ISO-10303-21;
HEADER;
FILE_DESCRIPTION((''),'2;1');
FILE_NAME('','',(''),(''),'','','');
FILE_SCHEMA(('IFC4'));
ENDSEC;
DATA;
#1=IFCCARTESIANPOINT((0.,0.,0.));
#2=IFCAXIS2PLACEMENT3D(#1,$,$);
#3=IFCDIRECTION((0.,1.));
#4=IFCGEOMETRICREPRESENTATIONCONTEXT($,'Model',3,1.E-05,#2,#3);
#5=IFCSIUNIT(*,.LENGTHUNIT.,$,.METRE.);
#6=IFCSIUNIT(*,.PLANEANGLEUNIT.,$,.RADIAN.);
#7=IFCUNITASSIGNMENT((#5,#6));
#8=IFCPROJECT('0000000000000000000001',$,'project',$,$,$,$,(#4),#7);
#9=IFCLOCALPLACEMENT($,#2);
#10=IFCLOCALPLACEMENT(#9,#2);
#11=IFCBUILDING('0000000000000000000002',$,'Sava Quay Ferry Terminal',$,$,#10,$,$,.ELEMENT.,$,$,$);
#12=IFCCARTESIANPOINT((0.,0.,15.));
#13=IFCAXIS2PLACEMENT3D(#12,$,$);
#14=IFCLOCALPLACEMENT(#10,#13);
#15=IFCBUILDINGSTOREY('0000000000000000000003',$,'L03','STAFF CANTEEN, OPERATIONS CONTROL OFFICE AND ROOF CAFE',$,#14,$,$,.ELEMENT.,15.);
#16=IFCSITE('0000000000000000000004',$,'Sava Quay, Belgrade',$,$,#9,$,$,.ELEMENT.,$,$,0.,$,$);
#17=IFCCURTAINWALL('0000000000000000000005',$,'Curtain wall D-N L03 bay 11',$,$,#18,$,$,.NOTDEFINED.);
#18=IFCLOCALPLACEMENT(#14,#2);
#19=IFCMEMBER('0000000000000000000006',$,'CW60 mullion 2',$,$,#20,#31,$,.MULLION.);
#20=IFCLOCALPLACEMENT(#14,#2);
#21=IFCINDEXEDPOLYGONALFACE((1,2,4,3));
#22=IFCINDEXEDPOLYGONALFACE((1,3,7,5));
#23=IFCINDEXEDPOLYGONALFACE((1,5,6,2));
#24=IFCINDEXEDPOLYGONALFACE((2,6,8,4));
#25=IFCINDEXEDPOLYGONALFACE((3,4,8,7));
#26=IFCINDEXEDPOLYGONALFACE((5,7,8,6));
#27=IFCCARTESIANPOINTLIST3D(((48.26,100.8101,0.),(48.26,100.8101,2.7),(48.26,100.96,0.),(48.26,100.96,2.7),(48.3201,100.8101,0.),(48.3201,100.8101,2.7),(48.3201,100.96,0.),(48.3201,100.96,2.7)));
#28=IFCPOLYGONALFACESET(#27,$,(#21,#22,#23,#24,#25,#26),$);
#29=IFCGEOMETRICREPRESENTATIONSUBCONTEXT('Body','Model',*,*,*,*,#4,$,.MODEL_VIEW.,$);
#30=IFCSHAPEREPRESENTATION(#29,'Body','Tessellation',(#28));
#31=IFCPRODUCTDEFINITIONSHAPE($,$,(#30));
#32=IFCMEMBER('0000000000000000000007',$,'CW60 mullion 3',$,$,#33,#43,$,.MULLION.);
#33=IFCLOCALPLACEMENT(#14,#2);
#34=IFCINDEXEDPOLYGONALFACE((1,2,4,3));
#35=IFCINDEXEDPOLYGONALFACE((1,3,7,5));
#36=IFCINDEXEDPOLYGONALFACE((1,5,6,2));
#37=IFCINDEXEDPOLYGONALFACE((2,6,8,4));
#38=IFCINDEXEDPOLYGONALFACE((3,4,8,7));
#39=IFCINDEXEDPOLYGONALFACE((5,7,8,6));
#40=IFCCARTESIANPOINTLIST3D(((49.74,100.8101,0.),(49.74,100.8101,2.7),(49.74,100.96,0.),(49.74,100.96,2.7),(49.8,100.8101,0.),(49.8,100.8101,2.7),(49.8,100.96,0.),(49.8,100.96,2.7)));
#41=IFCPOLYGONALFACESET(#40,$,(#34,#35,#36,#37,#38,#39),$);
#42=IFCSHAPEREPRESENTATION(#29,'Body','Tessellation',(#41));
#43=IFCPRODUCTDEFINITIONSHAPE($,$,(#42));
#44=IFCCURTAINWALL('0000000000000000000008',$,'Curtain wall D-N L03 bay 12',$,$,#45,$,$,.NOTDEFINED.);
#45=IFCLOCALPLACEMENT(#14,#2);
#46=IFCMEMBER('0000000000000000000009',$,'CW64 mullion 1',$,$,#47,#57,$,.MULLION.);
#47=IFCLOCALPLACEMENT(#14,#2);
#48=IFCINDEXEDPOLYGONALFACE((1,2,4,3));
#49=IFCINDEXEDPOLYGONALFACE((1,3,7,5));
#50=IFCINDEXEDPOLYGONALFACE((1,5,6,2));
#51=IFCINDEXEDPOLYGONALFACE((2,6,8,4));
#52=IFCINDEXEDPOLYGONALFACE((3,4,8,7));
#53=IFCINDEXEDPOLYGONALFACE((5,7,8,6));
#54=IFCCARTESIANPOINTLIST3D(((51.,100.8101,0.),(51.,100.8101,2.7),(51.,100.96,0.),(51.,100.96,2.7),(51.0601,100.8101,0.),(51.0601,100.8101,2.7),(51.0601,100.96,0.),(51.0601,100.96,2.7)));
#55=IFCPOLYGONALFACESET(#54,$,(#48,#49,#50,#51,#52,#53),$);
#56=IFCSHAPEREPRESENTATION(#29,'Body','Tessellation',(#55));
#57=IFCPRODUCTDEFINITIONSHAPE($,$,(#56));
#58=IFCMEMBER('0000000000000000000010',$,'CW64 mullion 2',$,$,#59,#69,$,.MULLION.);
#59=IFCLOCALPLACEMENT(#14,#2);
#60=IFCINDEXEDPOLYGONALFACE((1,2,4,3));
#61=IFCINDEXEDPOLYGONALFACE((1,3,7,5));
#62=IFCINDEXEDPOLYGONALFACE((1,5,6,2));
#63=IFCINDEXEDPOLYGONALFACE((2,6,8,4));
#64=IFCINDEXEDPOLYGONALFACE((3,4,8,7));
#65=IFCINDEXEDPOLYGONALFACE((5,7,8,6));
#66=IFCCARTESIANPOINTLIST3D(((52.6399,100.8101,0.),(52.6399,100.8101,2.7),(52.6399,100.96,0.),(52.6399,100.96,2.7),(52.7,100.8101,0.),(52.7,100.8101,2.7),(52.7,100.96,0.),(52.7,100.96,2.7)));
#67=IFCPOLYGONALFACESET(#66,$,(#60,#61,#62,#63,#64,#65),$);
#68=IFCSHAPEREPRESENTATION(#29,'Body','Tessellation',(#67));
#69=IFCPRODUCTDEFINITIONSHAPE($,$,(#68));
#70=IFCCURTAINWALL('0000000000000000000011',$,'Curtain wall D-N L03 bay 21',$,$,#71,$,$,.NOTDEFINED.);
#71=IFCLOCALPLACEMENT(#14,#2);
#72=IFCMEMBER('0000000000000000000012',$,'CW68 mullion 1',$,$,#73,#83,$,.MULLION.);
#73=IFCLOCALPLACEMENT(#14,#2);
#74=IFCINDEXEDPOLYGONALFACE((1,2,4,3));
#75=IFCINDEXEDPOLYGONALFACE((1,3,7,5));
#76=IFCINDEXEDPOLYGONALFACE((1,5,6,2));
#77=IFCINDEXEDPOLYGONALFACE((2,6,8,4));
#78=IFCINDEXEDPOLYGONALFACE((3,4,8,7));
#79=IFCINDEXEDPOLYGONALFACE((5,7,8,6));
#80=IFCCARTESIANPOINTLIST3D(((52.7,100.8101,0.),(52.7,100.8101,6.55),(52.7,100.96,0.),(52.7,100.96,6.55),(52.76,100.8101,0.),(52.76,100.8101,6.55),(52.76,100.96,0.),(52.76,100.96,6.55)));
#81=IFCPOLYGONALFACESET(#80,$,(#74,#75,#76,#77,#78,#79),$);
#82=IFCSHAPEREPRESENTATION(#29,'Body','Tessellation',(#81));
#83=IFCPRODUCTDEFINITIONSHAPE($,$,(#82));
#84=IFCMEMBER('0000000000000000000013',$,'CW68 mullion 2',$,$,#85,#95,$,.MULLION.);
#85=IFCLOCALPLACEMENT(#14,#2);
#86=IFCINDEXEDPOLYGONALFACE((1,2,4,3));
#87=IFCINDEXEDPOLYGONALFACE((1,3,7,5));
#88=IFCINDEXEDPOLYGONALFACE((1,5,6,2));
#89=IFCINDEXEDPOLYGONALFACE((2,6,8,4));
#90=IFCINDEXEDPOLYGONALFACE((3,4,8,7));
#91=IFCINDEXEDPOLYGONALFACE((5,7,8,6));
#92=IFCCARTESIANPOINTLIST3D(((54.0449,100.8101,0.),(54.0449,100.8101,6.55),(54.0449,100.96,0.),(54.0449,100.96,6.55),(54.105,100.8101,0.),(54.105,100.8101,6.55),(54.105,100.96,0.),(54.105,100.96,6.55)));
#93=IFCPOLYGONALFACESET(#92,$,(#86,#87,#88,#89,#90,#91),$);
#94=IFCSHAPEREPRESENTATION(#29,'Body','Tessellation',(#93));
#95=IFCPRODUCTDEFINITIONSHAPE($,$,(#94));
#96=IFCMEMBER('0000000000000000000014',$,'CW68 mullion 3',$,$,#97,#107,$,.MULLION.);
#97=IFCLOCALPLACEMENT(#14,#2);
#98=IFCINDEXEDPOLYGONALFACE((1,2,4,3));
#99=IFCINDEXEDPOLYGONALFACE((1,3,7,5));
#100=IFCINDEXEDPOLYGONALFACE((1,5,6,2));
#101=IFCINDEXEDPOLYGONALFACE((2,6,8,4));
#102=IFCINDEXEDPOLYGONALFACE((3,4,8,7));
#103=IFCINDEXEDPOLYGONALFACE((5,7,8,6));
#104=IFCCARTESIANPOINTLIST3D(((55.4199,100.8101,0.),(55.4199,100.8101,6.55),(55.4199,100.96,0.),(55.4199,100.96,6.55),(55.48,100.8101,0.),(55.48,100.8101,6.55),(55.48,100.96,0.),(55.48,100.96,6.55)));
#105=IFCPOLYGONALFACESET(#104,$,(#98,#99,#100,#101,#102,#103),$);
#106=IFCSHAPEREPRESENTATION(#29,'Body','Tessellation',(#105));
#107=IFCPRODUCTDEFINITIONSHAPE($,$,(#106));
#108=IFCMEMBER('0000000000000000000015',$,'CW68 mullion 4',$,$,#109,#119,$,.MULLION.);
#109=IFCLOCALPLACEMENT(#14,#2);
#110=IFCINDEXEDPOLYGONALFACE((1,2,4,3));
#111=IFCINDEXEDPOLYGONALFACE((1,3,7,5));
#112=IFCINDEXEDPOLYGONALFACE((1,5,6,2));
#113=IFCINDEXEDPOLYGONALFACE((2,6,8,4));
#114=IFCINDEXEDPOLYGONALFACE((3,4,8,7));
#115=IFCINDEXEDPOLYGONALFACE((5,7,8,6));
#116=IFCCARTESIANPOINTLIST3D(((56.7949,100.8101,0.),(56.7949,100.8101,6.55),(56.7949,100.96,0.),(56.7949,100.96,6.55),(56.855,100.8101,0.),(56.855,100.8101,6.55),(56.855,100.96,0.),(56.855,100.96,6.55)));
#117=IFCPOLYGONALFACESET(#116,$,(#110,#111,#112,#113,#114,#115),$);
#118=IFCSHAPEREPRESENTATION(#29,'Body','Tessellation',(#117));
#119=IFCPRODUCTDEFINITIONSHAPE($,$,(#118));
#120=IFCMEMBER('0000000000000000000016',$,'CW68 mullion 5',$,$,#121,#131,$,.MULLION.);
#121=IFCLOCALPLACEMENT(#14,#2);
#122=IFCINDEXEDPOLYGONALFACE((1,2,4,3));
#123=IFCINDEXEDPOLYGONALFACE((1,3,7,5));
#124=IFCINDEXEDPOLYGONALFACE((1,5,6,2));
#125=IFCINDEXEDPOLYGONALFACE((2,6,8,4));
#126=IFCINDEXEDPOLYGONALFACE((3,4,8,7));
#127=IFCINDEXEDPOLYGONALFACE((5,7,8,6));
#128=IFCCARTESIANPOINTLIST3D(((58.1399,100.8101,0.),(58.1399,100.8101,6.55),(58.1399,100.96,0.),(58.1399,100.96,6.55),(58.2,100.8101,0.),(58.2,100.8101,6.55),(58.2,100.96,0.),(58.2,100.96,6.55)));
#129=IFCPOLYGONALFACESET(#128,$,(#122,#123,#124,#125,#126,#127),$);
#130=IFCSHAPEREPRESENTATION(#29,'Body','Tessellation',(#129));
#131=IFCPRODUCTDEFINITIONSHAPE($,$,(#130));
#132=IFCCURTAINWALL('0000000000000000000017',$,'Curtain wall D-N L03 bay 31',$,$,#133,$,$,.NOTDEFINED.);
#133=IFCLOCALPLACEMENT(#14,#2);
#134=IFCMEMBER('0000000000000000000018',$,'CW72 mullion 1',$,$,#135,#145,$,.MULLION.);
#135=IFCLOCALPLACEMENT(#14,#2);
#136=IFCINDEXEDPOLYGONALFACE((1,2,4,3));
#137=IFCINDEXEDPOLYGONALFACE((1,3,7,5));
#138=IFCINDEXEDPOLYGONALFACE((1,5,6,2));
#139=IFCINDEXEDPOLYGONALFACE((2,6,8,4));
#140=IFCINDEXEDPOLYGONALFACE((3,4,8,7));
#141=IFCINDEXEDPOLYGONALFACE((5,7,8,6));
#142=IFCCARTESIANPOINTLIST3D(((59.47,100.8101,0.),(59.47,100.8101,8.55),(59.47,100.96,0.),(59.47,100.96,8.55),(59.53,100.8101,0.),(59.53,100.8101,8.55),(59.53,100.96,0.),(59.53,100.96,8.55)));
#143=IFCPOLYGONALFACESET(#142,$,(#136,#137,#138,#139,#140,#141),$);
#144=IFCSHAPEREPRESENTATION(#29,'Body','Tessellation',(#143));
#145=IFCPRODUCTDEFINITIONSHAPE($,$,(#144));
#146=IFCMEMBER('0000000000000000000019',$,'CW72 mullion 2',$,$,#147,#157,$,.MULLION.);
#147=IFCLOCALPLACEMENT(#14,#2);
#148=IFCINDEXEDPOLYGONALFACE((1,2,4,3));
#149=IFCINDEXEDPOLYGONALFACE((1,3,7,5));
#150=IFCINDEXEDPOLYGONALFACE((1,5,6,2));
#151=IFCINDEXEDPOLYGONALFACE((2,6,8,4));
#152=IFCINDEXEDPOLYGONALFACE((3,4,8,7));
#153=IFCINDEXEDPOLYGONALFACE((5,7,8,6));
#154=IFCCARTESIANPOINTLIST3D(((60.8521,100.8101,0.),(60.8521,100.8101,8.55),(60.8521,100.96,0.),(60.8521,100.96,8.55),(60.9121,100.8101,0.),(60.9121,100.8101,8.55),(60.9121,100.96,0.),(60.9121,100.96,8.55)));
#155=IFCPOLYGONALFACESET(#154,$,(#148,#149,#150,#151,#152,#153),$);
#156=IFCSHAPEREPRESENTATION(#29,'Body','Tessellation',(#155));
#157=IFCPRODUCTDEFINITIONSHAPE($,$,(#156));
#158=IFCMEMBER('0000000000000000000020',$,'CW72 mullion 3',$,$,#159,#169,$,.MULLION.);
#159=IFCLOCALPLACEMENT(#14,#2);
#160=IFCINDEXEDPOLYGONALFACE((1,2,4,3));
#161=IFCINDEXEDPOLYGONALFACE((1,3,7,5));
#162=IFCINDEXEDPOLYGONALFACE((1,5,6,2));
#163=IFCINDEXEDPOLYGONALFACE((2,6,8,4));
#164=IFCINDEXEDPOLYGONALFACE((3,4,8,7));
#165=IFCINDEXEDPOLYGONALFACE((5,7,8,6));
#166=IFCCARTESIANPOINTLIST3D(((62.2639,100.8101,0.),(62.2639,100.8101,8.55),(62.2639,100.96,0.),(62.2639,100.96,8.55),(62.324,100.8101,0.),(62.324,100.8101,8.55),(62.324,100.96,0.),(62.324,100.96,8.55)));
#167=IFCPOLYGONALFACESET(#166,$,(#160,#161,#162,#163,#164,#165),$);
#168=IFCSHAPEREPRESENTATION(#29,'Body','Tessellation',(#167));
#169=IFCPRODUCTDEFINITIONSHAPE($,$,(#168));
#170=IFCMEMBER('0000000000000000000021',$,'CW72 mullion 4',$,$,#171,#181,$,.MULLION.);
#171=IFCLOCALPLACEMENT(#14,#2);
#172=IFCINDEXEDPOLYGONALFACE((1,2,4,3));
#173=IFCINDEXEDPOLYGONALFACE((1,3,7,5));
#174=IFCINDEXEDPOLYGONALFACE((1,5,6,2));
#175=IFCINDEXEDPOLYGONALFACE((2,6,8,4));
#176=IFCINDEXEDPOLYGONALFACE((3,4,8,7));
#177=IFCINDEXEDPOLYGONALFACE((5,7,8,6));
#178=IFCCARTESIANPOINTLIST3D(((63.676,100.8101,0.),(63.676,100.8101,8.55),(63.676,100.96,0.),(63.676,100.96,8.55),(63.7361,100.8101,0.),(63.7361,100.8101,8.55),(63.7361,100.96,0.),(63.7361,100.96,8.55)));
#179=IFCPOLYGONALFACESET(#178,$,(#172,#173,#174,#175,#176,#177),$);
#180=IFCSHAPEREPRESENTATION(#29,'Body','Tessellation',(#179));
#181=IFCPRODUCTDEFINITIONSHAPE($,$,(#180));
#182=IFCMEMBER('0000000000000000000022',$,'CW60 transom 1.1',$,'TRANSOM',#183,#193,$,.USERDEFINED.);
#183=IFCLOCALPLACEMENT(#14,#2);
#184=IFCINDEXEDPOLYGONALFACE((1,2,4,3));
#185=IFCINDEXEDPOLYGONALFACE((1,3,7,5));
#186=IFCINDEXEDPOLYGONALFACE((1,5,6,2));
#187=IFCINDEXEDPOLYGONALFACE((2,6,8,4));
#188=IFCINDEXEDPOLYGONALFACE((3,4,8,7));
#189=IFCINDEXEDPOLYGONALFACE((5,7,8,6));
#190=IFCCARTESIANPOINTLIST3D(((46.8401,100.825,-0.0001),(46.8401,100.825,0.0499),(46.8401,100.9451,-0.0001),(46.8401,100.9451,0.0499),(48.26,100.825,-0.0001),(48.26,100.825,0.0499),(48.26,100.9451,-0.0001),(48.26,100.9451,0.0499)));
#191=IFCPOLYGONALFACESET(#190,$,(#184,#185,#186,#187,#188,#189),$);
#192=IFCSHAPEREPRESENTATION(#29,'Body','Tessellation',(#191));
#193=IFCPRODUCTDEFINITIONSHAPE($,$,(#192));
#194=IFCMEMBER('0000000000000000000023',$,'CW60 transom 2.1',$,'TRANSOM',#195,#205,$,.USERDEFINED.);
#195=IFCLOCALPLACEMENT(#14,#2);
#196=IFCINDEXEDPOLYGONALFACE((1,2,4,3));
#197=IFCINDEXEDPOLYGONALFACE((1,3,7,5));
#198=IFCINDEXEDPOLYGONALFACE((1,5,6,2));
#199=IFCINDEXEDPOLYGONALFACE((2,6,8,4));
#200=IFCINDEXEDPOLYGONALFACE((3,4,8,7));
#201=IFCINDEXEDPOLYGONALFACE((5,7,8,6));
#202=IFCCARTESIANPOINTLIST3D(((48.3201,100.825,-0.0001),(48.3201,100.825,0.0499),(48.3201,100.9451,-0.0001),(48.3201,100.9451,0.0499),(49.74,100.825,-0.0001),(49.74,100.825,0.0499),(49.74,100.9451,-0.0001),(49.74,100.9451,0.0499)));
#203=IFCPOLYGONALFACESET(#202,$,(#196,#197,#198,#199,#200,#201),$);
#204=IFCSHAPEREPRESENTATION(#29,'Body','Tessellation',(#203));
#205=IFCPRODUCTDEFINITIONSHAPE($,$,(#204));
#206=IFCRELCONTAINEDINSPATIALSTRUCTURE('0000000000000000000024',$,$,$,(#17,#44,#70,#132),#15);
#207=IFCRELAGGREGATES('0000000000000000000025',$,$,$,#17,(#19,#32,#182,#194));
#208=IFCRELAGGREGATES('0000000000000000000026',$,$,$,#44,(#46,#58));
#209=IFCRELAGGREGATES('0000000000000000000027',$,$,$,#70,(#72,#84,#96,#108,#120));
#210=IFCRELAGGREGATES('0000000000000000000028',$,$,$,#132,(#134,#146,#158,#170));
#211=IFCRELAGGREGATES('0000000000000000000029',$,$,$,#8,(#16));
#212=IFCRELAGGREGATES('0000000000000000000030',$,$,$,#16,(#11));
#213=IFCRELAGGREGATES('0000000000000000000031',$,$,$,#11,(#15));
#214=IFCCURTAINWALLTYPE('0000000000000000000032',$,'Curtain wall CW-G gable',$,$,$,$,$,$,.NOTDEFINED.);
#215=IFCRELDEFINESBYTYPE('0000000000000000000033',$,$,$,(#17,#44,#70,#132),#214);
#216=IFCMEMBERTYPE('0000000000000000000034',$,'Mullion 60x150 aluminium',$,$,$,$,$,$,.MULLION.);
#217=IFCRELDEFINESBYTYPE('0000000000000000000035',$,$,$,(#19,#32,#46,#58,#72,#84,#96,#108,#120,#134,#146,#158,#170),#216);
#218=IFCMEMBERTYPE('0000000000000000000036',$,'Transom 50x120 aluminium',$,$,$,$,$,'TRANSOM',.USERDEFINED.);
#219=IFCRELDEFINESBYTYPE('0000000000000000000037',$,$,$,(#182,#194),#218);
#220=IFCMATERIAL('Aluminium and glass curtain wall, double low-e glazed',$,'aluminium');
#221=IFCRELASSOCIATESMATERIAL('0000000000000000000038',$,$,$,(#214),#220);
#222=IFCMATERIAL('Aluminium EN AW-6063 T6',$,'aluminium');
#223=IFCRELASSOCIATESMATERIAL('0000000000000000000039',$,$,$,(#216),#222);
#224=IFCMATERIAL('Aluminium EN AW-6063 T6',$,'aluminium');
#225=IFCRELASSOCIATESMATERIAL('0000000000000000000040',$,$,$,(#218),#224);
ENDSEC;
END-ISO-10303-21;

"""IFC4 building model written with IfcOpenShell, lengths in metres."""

from ifc_helpers import new_model, si_unit, direction, frame, origin, origin_2d, place, context, subcontext, project, spatial, rectangle, extrude, material, material_profile, profile_set, type_object, element, aggregate, save


model = new_model("IFC4")

# Units and contexts
model_context = context("Model", 3, precision=1e-05, world=origin(), true_north=direction((0.0, 1.0)))
body_context = subcontext(model_context, "Body", "Model", "MODEL_VIEW")
ifc_project = project(units=[si_unit("LENGTHUNIT", "METRE"), si_unit("PLANEANGLEUNIT", "RADIAN")], contexts=[model_context])

# Site, building, storey
site_placement = place(None, origin())
site = spatial("IfcSite", under=ifc_project, at=site_placement, Name="Sava Quay, Belgrade", CompositionType="ELEMENT", RefElevation=0.0)
building_placement = place(site_placement, origin())
building = spatial("IfcBuilding", under=site, at=building_placement, Name="Sava Quay Ferry Terminal", CompositionType="ELEMENT")
storey_placement = place(building_placement, frame((0.0, 0.0, 15.0)))
storey = spatial("IfcBuildingStorey", under=building, at=storey_placement, Name="L03", Description="STAFF CANTEEN, OPERATIONS CONTROL OFFICE AND ROOF CAFE", CompositionType="ELEMENT", Elevation=15.0)

# Curtain walls, members
ifc_material_1 = material(Name="Aluminium and glass curtain wall, double low-e glazed", Category="aluminium")
curtain_wall_type = type_object("IfcCurtainWallType", Name="Curtain wall CW-G gable", PredefinedType="NOTDEFINED", material=ifc_material_1)
curtain_wall_1_placement = place(storey_placement, origin())
curtain_wall_1 = element("IfcCurtainWall", 1, at=curtain_wall_1_placement, inside=storey, type_object=curtain_wall_type, Name="Curtain wall D-N L03 bay 11", PredefinedType="NOTDEFINED")
ifc_material_2 = material(Name="Aluminium EN AW-6063 T6", Category="aluminium")
ifc_material_profile_1 = material_profile(ifc_material_2, rectangle(XDim=0.1499, YDim=0.0601, at=origin_2d()), Name="Mullion 60x150 aluminium")
ifc_profile_set_1 = profile_set([ifc_material_profile_1], Name="Aluminium EN AW-6063 T6")
member_type_1 = type_object("IfcMemberType", Name="Mullion 60x150 aluminium", PredefinedType="MULLION", material=ifc_profile_set_1)
member_1_placement = place(storey_placement, frame((48.29, 100.885, 0.0), z_axis=(0.0, 0.0, 1.0), x_axis=(0.0, 1.0, 0.0)))
member_1 = element("IfcMember", 2, at=member_1_placement, type_object=member_type_1, Name="CW60 mullion 2", PredefinedType="MULLION", context=body_context, shape_type="SweptSolid", body=[
    extrude(rectangle(XDim=0.1499, YDim=0.0601, at=origin_2d()), origin(), (0.0, 0.0, 1.0), 2.7),
])
member_2_placement = place(storey_placement, frame((49.77, 100.885, 0.0), z_axis=(0.0, 0.0, 1.0), x_axis=(0.0, 1.0, 0.0)))
member_2 = element("IfcMember", 3, at=member_2_placement, type_object=member_type_1, Name="CW60 mullion 3", PredefinedType="MULLION", context=body_context, shape_type="SweptSolid", body=[
    extrude(rectangle(XDim=0.1499, YDim=0.0601, at=origin_2d()), origin(), (0.0, 0.0, 1.0), 2.7),
])
curtain_wall_2_placement = place(storey_placement, origin())
curtain_wall_2 = element("IfcCurtainWall", 4, at=curtain_wall_2_placement, inside=storey, type_object=curtain_wall_type, Name="Curtain wall D-N L03 bay 12", PredefinedType="NOTDEFINED")
member_3_placement = place(storey_placement, frame((51.03, 100.885, 0.0), z_axis=(0.0, 0.0, 1.0), x_axis=(0.0, 1.0, 0.0)))
member_3 = element("IfcMember", 5, at=member_3_placement, type_object=member_type_1, Name="CW64 mullion 1", PredefinedType="MULLION", context=body_context, shape_type="SweptSolid", body=[
    extrude(rectangle(XDim=0.1499, YDim=0.0601, at=origin_2d()), origin(), (0.0, 0.0, 1.0), 2.7),
])
member_4_placement = place(storey_placement, frame((52.6699, 100.885, 0.0), z_axis=(0.0, 0.0, 1.0), x_axis=(0.0, 1.0, 0.0)))
member_4 = element("IfcMember", 6, at=member_4_placement, type_object=member_type_1, Name="CW64 mullion 2", PredefinedType="MULLION", context=body_context, shape_type="SweptSolid", body=[
    extrude(rectangle(XDim=0.1499, YDim=0.0601, at=origin_2d()), origin(), (0.0, 0.0, 1.0), 2.7),
])
curtain_wall_3_placement = place(storey_placement, origin())
curtain_wall_3 = element("IfcCurtainWall", 7, at=curtain_wall_3_placement, inside=storey, type_object=curtain_wall_type, Name="Curtain wall D-N L03 bay 21", PredefinedType="NOTDEFINED")
member_5_placement = place(storey_placement, frame((52.73, 100.885, 0.0), z_axis=(0.0, 0.0, 1.0), x_axis=(0.0, 1.0, 0.0)))
member_5 = element("IfcMember", 8, at=member_5_placement, type_object=member_type_1, Name="CW68 mullion 1", PredefinedType="MULLION", context=body_context, shape_type="SweptSolid", body=[
    extrude(rectangle(XDim=0.1499, YDim=0.0601, at=origin_2d()), origin(), (0.0, 0.0, 1.0), 6.55),
])
member_6_placement = place(storey_placement, frame((54.075, 100.885, 0.0), z_axis=(0.0, 0.0, 1.0), x_axis=(0.0, 1.0, 0.0)))
member_6 = element("IfcMember", 9, at=member_6_placement, type_object=member_type_1, Name="CW68 mullion 2", PredefinedType="MULLION", context=body_context, shape_type="SweptSolid", body=[
    extrude(rectangle(XDim=0.1499, YDim=0.0601, at=origin_2d()), origin(), (0.0, 0.0, 1.0), 6.55),
])
member_7_placement = place(storey_placement, frame((55.45, 100.885, 0.0), z_axis=(0.0, 0.0, 1.0), x_axis=(0.0, 1.0, 0.0)))
member_7 = element("IfcMember", 10, at=member_7_placement, type_object=member_type_1, Name="CW68 mullion 3", PredefinedType="MULLION", context=body_context, shape_type="SweptSolid", body=[
    extrude(rectangle(XDim=0.1499, YDim=0.0601, at=origin_2d()), origin(), (0.0, 0.0, 1.0), 6.55),
])
member_8_placement = place(storey_placement, frame((56.825, 100.885, 0.0), z_axis=(0.0, 0.0, 1.0), x_axis=(0.0, 1.0, 0.0)))
member_8 = element("IfcMember", 11, at=member_8_placement, type_object=member_type_1, Name="CW68 mullion 4", PredefinedType="MULLION", context=body_context, shape_type="SweptSolid", body=[
    extrude(rectangle(XDim=0.1499, YDim=0.0601, at=origin_2d()), origin(), (0.0, 0.0, 1.0), 6.55),
])
member_9_placement = place(storey_placement, frame((58.1699, 100.885, 0.0), z_axis=(0.0, 0.0, 1.0), x_axis=(0.0, 1.0, 0.0)))
member_9 = element("IfcMember", 12, at=member_9_placement, type_object=member_type_1, Name="CW68 mullion 5", PredefinedType="MULLION", context=body_context, shape_type="SweptSolid", body=[
    extrude(rectangle(XDim=0.1499, YDim=0.0601, at=origin_2d()), origin(), (0.0, 0.0, 1.0), 6.55),
])
curtain_wall_4_placement = place(storey_placement, origin())
curtain_wall_4 = element("IfcCurtainWall", 13, at=curtain_wall_4_placement, inside=storey, type_object=curtain_wall_type, Name="Curtain wall D-N L03 bay 31", PredefinedType="NOTDEFINED")
member_10_placement = place(storey_placement, frame((59.5, 100.885, 0.0), z_axis=(0.0, 0.0, 1.0), x_axis=(0.0, 1.0, 0.0)))
member_10 = element("IfcMember", 14, at=member_10_placement, type_object=member_type_1, Name="CW72 mullion 1", PredefinedType="MULLION", context=body_context, shape_type="SweptSolid", body=[
    extrude(rectangle(XDim=0.1499, YDim=0.0601, at=origin_2d()), origin(), (0.0, 0.0, 1.0), 8.55),
])
member_11_placement = place(storey_placement, frame((60.8821, 100.885, 0.0), z_axis=(0.0, 0.0, 1.0), x_axis=(0.0, 1.0, 0.0)))
member_11 = element("IfcMember", 15, at=member_11_placement, type_object=member_type_1, Name="CW72 mullion 2", PredefinedType="MULLION", context=body_context, shape_type="SweptSolid", body=[
    extrude(rectangle(XDim=0.1499, YDim=0.0601, at=origin_2d()), origin(), (0.0, 0.0, 1.0), 8.55),
])
member_12_placement = place(storey_placement, frame((62.2939, 100.885, 0.0), z_axis=(0.0, 0.0, 1.0), x_axis=(0.0, 1.0, 0.0)))
member_12 = element("IfcMember", 16, at=member_12_placement, type_object=member_type_1, Name="CW72 mullion 3", PredefinedType="MULLION", context=body_context, shape_type="SweptSolid", body=[
    extrude(rectangle(XDim=0.1499, YDim=0.0601, at=origin_2d()), origin(), (0.0, 0.0, 1.0), 8.55),
])
member_13_placement = place(storey_placement, frame((63.7061, 100.885, 0.0), z_axis=(0.0, 0.0, 1.0), x_axis=(0.0, 1.0, 0.0)))
member_13 = element("IfcMember", 17, at=member_13_placement, type_object=member_type_1, Name="CW72 mullion 4", PredefinedType="MULLION", context=body_context, shape_type="SweptSolid", body=[
    extrude(rectangle(XDim=0.1499, YDim=0.0601, at=origin_2d()), origin(), (0.0, 0.0, 1.0), 8.55),
])

# Members
ifc_material_3 = material(Name="Aluminium EN AW-6063 T6", Category="aluminium")
ifc_material_profile_2 = material_profile(ifc_material_3, rectangle(XDim=0.1201, YDim=0.05, at=origin_2d()), Name="Transom 50x120 aluminium")
ifc_profile_set_2 = profile_set([ifc_material_profile_2], Name="Aluminium EN AW-6063 T6")
member_type_2 = type_object("IfcMemberType", Name="Transom 50x120 aluminium", ElementType="TRANSOM", PredefinedType="USERDEFINED", material=ifc_profile_set_2)
member_14_placement = place(storey_placement, frame((46.8401, 100.885, 0.0249), z_axis=(1.0, 0.0, 0.0), x_axis=(0.0, 1.0, 0.0)))
member_14 = element("IfcMember", 18, at=member_14_placement, type_object=member_type_2, Name="CW60 transom 1.1", ObjectType="TRANSOM", PredefinedType="USERDEFINED", context=body_context, shape_type="SweptSolid", body=[
    extrude(rectangle(XDim=0.1201, YDim=0.05, at=origin_2d()), origin(), (0.0, 0.0, 1.0), 1.4199),
])
member_15_placement = place(storey_placement, frame((48.3201, 100.885, 0.0249), z_axis=(1.0, 0.0, 0.0), x_axis=(0.0, 1.0, 0.0)))
member_15 = element("IfcMember", 19, at=member_15_placement, type_object=member_type_2, Name="CW60 transom 2.1", ObjectType="TRANSOM", PredefinedType="USERDEFINED", context=body_context, shape_type="SweptSolid", body=[
    extrude(rectangle(XDim=0.1201, YDim=0.05, at=origin_2d()), origin(), (0.0, 0.0, 1.0), 1.4199),
])
aggregate(curtain_wall_1, [member_1, member_2, member_14, member_15])
aggregate(curtain_wall_2, [member_3, member_4])
aggregate(curtain_wall_3, [member_5, member_6, member_7, member_8, member_9])

aggregate(curtain_wall_4, [member_10, member_11, member_12, member_13])

save(model, "model.ifc")
